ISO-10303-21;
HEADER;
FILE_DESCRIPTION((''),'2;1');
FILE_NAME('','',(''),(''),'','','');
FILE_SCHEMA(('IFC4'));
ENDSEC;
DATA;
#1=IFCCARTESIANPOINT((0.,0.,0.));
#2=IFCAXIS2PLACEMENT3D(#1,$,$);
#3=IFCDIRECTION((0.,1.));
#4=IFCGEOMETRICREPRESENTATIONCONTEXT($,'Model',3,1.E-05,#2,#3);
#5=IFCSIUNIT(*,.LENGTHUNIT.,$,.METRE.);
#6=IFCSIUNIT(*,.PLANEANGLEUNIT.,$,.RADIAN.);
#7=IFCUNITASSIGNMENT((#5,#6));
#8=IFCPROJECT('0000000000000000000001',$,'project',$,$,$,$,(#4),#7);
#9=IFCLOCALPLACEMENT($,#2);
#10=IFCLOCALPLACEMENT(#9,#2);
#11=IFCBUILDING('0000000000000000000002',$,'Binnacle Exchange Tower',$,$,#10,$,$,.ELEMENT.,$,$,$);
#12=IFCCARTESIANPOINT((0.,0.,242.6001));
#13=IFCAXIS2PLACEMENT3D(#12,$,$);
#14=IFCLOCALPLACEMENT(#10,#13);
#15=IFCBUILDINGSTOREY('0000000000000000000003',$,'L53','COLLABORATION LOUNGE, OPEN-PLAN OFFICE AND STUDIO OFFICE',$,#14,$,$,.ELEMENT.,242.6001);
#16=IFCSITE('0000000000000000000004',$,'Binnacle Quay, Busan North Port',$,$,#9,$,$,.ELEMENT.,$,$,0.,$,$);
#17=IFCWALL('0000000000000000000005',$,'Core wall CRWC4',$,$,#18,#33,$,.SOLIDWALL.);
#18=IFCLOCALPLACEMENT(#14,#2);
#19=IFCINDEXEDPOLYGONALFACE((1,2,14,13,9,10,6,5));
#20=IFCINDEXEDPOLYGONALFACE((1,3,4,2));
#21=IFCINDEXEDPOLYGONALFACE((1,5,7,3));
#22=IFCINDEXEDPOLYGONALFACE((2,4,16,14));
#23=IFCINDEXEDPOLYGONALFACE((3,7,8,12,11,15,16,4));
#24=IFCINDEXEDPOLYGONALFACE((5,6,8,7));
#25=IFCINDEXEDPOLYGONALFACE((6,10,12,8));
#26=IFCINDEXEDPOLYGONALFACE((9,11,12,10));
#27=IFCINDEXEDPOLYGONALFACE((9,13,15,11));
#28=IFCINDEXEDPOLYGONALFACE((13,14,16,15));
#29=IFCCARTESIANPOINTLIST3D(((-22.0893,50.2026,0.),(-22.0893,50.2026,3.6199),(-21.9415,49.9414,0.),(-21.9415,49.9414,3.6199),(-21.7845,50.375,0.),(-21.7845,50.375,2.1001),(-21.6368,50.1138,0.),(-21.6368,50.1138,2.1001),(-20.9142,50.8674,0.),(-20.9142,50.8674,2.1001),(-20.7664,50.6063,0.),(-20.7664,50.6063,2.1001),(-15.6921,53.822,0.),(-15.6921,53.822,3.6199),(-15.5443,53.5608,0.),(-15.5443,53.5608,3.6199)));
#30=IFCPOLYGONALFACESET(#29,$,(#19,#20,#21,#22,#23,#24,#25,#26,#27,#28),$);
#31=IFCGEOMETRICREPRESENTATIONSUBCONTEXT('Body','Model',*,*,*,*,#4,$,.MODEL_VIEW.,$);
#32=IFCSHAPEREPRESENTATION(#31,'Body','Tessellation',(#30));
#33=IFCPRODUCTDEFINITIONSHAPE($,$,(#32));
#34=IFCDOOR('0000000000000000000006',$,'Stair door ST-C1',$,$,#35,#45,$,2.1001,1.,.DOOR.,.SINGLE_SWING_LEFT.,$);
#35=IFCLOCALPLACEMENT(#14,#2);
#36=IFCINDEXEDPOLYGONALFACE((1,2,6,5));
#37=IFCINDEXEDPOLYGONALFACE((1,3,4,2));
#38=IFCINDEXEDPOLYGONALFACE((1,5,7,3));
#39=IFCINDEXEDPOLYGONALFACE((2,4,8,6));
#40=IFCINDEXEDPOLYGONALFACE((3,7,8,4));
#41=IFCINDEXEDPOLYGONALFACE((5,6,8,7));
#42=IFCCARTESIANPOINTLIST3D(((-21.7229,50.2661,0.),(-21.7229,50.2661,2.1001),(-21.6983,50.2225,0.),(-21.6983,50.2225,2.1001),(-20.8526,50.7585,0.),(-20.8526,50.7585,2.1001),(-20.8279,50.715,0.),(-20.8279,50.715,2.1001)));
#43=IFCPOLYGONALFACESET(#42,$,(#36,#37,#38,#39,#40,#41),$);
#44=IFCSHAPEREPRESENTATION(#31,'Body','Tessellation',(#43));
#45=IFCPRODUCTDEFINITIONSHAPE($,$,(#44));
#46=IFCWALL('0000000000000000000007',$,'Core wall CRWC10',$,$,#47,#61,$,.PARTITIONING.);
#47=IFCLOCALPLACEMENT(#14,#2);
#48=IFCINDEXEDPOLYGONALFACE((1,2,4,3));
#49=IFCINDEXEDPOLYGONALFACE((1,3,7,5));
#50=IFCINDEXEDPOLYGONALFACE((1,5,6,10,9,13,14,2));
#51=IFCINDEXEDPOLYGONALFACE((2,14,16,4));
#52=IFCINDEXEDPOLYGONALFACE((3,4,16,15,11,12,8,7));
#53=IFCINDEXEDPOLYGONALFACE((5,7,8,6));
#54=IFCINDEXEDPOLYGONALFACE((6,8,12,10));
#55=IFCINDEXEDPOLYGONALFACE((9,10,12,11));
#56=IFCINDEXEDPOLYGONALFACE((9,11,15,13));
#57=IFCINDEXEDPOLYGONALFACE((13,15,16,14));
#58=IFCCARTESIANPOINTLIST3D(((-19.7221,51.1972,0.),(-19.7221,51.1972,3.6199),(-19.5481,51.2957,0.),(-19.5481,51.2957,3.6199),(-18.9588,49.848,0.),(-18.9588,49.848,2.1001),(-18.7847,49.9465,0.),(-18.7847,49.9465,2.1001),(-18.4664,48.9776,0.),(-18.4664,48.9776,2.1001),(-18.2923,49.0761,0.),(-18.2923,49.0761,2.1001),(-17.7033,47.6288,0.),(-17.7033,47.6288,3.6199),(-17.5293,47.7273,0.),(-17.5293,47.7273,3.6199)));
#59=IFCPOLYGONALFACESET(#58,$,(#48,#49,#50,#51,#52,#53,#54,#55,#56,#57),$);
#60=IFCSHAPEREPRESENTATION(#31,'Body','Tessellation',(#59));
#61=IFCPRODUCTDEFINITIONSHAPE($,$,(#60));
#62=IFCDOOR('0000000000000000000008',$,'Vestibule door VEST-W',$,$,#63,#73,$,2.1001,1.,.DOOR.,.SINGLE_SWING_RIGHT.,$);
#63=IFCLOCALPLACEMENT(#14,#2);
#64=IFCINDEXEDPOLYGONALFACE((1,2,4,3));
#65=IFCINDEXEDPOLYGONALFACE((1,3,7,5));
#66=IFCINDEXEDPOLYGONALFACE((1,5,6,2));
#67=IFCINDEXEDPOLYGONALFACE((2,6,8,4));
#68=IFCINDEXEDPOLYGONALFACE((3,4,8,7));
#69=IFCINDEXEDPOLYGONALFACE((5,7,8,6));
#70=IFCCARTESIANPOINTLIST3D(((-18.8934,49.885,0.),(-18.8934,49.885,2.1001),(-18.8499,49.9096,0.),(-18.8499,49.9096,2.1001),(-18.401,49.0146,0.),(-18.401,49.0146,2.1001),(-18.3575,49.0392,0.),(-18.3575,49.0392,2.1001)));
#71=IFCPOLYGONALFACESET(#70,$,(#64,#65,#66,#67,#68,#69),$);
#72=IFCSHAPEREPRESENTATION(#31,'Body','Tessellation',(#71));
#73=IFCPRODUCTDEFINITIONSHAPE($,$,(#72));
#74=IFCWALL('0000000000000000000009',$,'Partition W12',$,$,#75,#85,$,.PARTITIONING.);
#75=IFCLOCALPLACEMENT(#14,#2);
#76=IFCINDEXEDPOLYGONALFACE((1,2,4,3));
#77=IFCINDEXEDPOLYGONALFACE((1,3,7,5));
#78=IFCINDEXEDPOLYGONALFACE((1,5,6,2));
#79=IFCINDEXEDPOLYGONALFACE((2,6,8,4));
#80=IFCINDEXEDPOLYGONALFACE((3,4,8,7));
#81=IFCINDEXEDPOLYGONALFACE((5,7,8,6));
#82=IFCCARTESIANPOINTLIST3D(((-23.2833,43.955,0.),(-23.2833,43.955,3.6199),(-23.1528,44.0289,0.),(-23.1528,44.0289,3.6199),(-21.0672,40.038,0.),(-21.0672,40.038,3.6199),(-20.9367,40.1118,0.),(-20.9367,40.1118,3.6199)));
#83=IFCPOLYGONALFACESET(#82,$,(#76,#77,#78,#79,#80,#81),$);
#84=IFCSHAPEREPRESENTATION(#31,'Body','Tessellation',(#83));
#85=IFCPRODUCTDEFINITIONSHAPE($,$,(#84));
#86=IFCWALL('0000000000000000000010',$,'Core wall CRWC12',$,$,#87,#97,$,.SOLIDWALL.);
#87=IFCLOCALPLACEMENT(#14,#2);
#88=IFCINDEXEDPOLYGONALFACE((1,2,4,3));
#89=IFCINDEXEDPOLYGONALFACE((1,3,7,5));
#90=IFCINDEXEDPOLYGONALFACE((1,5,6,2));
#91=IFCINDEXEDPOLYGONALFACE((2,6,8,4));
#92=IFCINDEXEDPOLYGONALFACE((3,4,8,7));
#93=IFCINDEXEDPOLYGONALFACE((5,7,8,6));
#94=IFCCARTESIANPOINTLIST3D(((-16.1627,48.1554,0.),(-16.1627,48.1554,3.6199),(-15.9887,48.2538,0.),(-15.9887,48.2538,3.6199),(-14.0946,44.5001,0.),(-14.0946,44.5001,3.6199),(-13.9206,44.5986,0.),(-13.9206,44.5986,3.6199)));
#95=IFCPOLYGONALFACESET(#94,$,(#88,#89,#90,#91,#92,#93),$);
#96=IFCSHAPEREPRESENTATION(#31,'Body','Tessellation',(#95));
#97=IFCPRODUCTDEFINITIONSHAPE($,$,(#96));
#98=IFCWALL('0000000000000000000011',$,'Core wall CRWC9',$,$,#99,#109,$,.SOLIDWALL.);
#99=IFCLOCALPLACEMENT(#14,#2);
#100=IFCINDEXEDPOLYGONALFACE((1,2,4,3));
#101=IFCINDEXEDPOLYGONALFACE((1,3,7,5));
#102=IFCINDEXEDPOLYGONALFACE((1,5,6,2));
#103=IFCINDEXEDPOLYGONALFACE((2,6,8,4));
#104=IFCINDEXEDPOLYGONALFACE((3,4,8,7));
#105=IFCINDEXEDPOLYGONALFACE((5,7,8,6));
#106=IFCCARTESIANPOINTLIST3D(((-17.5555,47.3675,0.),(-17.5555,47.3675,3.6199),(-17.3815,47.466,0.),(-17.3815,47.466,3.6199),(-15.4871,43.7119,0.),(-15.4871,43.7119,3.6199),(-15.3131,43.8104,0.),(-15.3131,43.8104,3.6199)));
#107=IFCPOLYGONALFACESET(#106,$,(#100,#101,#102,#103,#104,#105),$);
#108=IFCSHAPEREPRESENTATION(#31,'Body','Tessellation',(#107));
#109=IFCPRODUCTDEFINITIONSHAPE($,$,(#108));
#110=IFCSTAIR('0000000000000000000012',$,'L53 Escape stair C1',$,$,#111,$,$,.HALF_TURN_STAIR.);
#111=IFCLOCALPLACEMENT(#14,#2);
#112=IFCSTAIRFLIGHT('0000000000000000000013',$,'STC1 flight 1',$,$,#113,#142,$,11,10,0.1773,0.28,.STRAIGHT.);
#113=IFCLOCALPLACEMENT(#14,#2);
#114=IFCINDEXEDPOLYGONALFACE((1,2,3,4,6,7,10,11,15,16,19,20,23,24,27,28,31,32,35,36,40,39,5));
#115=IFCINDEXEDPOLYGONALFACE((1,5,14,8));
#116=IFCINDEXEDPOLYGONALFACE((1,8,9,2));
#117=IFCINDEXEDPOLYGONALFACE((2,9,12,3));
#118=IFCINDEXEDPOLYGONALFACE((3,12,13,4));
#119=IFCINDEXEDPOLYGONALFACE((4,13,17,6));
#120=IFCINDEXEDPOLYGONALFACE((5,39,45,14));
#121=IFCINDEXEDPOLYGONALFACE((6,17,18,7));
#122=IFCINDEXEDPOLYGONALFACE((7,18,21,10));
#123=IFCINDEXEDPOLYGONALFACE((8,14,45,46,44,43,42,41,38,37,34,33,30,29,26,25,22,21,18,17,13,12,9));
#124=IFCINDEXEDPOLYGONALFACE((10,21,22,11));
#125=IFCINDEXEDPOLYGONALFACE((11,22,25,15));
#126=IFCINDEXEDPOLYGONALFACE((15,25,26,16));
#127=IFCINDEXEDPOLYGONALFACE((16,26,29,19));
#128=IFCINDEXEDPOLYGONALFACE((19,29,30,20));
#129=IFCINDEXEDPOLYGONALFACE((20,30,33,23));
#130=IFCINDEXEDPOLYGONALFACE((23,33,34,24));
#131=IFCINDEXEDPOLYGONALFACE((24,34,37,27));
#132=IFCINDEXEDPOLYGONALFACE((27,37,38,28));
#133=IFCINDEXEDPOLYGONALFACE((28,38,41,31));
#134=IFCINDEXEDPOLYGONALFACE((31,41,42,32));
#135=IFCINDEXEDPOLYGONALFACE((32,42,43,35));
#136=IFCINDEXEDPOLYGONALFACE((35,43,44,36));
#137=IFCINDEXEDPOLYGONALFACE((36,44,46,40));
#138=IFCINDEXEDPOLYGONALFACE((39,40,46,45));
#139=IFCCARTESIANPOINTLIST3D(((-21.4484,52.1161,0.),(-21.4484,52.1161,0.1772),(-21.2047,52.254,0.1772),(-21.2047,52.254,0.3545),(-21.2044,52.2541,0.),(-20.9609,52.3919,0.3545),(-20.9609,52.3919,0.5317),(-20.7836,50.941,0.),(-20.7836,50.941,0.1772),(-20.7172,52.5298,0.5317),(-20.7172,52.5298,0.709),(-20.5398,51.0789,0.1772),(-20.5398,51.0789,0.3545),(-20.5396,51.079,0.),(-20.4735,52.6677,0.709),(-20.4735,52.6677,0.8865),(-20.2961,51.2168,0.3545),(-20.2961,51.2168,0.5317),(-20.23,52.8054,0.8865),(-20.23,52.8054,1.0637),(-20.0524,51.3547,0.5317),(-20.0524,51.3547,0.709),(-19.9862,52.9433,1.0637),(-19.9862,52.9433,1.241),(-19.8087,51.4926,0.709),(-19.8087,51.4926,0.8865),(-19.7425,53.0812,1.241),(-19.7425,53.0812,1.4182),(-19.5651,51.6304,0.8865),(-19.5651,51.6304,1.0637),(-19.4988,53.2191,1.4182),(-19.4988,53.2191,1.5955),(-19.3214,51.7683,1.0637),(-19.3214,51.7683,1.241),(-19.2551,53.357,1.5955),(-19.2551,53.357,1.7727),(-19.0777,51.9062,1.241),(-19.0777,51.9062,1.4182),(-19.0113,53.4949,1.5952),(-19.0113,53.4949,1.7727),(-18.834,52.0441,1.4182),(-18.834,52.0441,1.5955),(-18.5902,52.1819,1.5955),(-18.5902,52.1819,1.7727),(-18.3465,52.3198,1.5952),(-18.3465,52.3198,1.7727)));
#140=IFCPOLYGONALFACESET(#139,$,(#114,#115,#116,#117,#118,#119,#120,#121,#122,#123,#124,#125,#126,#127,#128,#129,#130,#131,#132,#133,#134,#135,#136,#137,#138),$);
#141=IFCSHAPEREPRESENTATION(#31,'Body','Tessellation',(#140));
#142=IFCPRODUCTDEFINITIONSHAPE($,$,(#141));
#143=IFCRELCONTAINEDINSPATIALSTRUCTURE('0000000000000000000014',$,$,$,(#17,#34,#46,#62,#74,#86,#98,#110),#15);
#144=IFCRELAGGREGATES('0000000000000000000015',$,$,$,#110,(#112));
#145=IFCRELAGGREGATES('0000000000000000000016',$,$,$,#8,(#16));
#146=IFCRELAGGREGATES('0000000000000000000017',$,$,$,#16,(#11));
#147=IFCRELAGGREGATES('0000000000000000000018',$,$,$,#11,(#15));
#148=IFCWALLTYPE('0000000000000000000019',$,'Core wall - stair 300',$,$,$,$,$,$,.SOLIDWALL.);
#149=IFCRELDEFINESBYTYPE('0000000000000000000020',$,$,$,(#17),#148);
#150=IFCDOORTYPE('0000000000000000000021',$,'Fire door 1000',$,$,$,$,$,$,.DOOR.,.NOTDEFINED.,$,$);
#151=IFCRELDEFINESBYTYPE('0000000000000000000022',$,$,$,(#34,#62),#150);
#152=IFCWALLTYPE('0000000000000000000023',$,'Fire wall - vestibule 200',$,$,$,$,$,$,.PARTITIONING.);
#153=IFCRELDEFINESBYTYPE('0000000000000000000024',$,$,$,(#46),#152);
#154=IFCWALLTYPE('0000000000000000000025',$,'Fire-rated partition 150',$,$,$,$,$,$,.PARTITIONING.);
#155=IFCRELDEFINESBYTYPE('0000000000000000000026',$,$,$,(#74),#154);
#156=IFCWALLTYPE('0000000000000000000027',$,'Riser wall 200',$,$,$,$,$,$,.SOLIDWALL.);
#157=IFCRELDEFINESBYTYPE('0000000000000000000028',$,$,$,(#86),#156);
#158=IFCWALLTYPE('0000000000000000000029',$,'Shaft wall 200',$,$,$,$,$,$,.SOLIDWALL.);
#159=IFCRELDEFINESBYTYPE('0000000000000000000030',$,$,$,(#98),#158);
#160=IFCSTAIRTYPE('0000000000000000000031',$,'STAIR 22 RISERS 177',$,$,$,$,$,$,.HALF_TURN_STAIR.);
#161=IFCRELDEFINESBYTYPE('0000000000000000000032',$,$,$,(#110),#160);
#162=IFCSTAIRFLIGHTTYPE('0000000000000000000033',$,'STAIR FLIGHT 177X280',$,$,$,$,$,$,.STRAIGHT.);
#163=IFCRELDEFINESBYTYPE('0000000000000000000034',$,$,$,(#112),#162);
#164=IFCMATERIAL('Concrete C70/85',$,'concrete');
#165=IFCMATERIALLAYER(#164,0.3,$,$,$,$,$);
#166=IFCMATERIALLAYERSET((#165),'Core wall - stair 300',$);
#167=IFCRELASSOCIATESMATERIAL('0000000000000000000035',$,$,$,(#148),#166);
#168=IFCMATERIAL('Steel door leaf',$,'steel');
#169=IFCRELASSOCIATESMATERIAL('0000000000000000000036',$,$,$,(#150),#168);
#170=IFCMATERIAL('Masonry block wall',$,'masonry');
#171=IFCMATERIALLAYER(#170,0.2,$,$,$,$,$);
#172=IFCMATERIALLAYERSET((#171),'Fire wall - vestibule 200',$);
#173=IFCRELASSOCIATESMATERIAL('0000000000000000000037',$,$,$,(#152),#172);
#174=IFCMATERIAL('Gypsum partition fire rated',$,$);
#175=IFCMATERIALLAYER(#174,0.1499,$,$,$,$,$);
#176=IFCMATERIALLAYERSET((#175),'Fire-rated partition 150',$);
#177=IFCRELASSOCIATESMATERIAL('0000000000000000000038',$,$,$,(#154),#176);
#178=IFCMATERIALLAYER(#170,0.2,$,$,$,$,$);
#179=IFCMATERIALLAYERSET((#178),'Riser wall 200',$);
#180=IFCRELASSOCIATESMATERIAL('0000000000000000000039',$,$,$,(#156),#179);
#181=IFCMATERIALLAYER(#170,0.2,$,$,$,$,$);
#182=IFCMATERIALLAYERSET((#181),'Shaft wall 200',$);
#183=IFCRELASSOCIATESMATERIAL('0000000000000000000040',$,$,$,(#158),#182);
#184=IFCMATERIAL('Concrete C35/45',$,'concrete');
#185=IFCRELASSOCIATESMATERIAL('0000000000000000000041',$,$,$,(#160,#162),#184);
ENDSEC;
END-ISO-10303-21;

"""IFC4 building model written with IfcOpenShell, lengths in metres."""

from ifc_helpers import new_model, si_unit, direction, frame, frame_2d, origin, place, context, subcontext, project, spatial, polyline, rectangle, outline, extrude, material, layer, layer_set, type_object, element, fill, aggregate, save


model = new_model("IFC4")

# Units and contexts
model_context = context("Model", 3, precision=1e-05, world=origin(), true_north=direction((0.0, 1.0)))
body_context = subcontext(model_context, "Body", "Model", "MODEL_VIEW")
ifc_project = project(units=[si_unit("LENGTHUNIT", "METRE"), si_unit("PLANEANGLEUNIT", "RADIAN")], contexts=[model_context])

# Site, building, storey
site_placement = place(None, origin())
site = spatial("IfcSite", under=ifc_project, at=site_placement, Name="Binnacle Quay, Busan North Port", CompositionType="ELEMENT", RefElevation=0.0)
building_placement = place(site_placement, origin())
building = spatial("IfcBuilding", under=site, at=building_placement, Name="Binnacle Exchange Tower", CompositionType="ELEMENT")
storey_placement = place(building_placement, frame((0.0, 0.0, 242.6001)))
storey = spatial("IfcBuildingStorey", under=building, at=storey_placement, Name="L53", Description="COLLABORATION LOUNGE, OPEN-PLAN OFFICE AND STUDIO OFFICE", CompositionType="ELEMENT", Elevation=242.6001)

# Shared definitions
ifc_material_1 = material(Name="Gypsum partition fire rated")

# Shared definitions
ifc_material_2 = material(Name="Concrete C70/85", Category="concrete")
ifc_material_3 = material(Name="Steel door leaf", Category="steel")

# Walls, openings, doors
ifc_layer_1 = layer(ifc_material_2, 0.3)
ifc_layer_set_1 = layer_set([ifc_layer_1], Name="Core wall - stair 300")
wall_type_1 = type_object("IfcWallType", Name="Core wall - stair 300", PredefinedType="SOLIDWALL", material=ifc_layer_set_1)
wall_1_placement = place(storey_placement, frame((-22.0154, 50.072, 0.0), z_axis=(0.0, 0.0, 1.0), x_axis=(0.870355, 0.492425, 0.0)))
wall_1 = element("IfcWall", 1, at=wall_1_placement, inside=storey, type_object=wall_type_1, Name="Core wall CRWC4", PredefinedType="SOLIDWALL", context=body_context, shape_type="SweptSolid", body=[
    extrude(rectangle(XDim=7.3501, YDim=0.3, at=frame_2d((3.675, 0.0))), origin(), (0.0, 0.0, 1.0), 3.6199),
])
opening_1_placement = place(wall_1_placement, frame((0.3501, 0.0, 0.0)))
opening_1 = element("IfcOpeningElement", 2, at=opening_1_placement, cuts=wall_1, PredefinedType="OPENING", context=body_context, shape_type="SweptSolid", body=[
    extrude(rectangle(XDim=1.0, YDim=2.1001, at=frame_2d((0.5, 1.05))), frame((0.0, 0.1599, 0.0), z_axis=(0.0, -1.0, 0.0), x_axis=(1.0, 0.0, 0.0)), (0.0, 0.0, 1.0), 0.3201),
])
door_type_1 = type_object("IfcDoorType", Name="Fire door 1000", OperationType="NOTDEFINED", PredefinedType="DOOR", material=ifc_material_3)
door_1_placement = place(opening_1_placement, origin())
door_1 = element("IfcDoor", 3, at=door_1_placement, inside=storey, type_object=door_type_1, Name="Stair door ST-C1", OperationType="SINGLE_SWING_LEFT", OverallHeight=2.1001, OverallWidth=1.0, PredefinedType="DOOR", context=body_context, shape_type="SweptSolid", body=[
    extrude(rectangle(XDim=1.0, YDim=2.1001, at=frame_2d((0.5, 1.05))), frame((0.0, 0.0249, 0.0), z_axis=(0.0, -1.0, 0.0), x_axis=(1.0, 0.0, 0.0)), (0.0, 0.0, 1.0), 0.05),
])
fill(opening_1, door_1)
ifc_material_4 = material(Name="Masonry block wall", Category="masonry")
ifc_layer_2 = layer(ifc_material_4, 0.2)
ifc_layer_set_2 = layer_set([ifc_layer_2], Name="Fire wall - vestibule 200")
wall_type_2 = type_object("IfcWallType", Name="Fire wall - vestibule 200", PredefinedType="PARTITIONING", material=ifc_layer_set_2)
wall_2_placement = place(storey_placement, frame((-19.635, 51.2463, 0.0), z_axis=(0.0, 0.0, 1.0), x_axis=(0.492408, -0.870364, 0.0)))
wall_2 = element("IfcWall", 4, at=wall_2_placement, inside=storey, type_object=wall_type_2, Name="Core wall CRWC10", PredefinedType="PARTITIONING", context=body_context, shape_type="SweptSolid", body=[
    extrude(rectangle(XDim=4.0999, YDim=0.2, at=frame_2d((2.0498, 0.0))), origin(), (0.0, 0.0, 1.0), 3.6199),
])
opening_2_placement = place(wall_2_placement, frame((1.55, 0.0, 0.0)))
opening_2 = element("IfcOpeningElement", 5, at=opening_2_placement, cuts=wall_2, PredefinedType="OPENING", context=body_context, shape_type="SweptSolid", body=[
    extrude(rectangle(XDim=1.0, YDim=2.1001, at=frame_2d((0.5, 1.05))), frame((0.0, 0.1099, 0.0), z_axis=(0.0, -1.0, 0.0), x_axis=(1.0, 0.0, 0.0)), (0.0, 0.0, 1.0), 0.22),
])
door_2_placement = place(opening_2_placement, frame((1.0, 0.0, 0.0), z_axis=(0.0, 0.0, 1.0), x_axis=(-1.0, 0.0, 0.0)))
door_2 = element("IfcDoor", 6, at=door_2_placement, inside=storey, type_object=door_type_1, Name="Vestibule door VEST-W", OperationType="SINGLE_SWING_RIGHT", OverallHeight=2.1001, OverallWidth=1.0, PredefinedType="DOOR", context=body_context, shape_type="SweptSolid", body=[
    extrude(rectangle(XDim=1.0, YDim=2.1001, at=frame_2d((0.5, 1.05))), frame((0.0, 0.0249, 0.0), z_axis=(0.0, -1.0, 0.0), x_axis=(1.0, 0.0, 0.0)), (0.0, 0.0, 1.0), 0.05),
])
fill(opening_2, door_2)

# Walls
ifc_layer_3 = layer(ifc_material_1, 0.1499)
ifc_layer_set_3 = layer_set([ifc_layer_3], Name="Fire-rated partition 150")
wall_type_3 = type_object("IfcWallType", Name="Fire-rated partition 150", PredefinedType="PARTITIONING", material=ifc_layer_set_3)
wall_3_placement = place(storey_placement, frame((-23.218, 43.9919, 0.0), z_axis=(0.0, 0.0, 1.0), x_axis=(0.492413, -0.870362, 0.0)))
element("IfcWall", 7, at=wall_3_placement, inside=storey, type_object=wall_type_3, Name="Partition W12", PredefinedType="PARTITIONING", context=body_context, shape_type="SweptSolid", body=[
    extrude(rectangle(XDim=4.5005, YDim=0.1499, at=frame_2d((2.2502, 0.0))), origin(), (0.0, 0.0, 1.0), 3.6199),
])
ifc_layer_4 = layer(ifc_material_4, 0.2)
ifc_layer_set_4 = layer_set([ifc_layer_4], Name="Riser wall 200")
wall_type_4 = type_object("IfcWallType", Name="Riser wall 200", PredefinedType="SOLIDWALL", material=ifc_layer_set_4)
wall_4_placement = place(storey_placement, frame((-16.0757, 48.2046, 0.0), z_axis=(0.0, 0.0, 1.0), x_axis=(0.492435, -0.870349, 0.0)))
element("IfcWall", 8, at=wall_4_placement, inside=storey, type_object=wall_type_4, Name="Core wall CRWC12", PredefinedType="SOLIDWALL", context=body_context, shape_type="SweptSolid", body=[
    extrude(rectangle(XDim=4.1997, YDim=0.2, at=frame_2d((2.0999, 0.0))), origin(), (0.0, 0.0, 1.0), 3.6199),
])
ifc_layer_5 = layer(ifc_material_4, 0.2)
ifc_layer_set_5 = layer_set([ifc_layer_5], Name="Shaft wall 200")
wall_type_5 = type_object("IfcWallType", Name="Shaft wall 200", PredefinedType="SOLIDWALL", material=ifc_layer_set_5)
wall_5_placement = place(storey_placement, frame((-17.4685, 47.4167, 0.0), z_axis=(0.0, 0.0, 1.0), x_axis=(0.492454, -0.870339, 0.0)))
element("IfcWall", 9, at=wall_5_placement, inside=storey, type_object=wall_type_5, Name="Core wall CRWC9", PredefinedType="SOLIDWALL", context=body_context, shape_type="SweptSolid", body=[
    extrude(rectangle(XDim=4.2002, YDim=0.2, at=frame_2d((2.1001, 0.0))), origin(), (0.0, 0.0, 1.0), 3.6199),
])

# Stair, stair flight
ifc_material_5 = material(Name="Concrete C35/45", Category="concrete")
stair_type = type_object("IfcStairType", Name="STAIR 22 RISERS 177", PredefinedType="HALF_TURN_STAIR", material=ifc_material_5)
stair_placement = place(storey_placement, origin())
stair = element("IfcStair", 10, at=stair_placement, inside=storey, type_object=stair_type, Name="L53 Escape stair C1", PredefinedType="HALF_TURN_STAIR")
stair_flight_type = type_object("IfcStairFlightType", Name="STAIR FLIGHT 177X280", PredefinedType="STRAIGHT", material=ifc_material_5)
stair_flight_placement = place(storey_placement, frame((-21.116, 51.5286, 0.0), z_axis=(0.0, 0.0, 1.0), x_axis=(0.870356, 0.492424, 0.0)))
stair_flight = element("IfcStairFlight", 11, at=stair_flight_placement, type_object=stair_flight_type, Name="STC1 flight 1", NumberOfRisers=11, NumberOfTreads=10, PredefinedType="STRAIGHT", RiserHeight=0.1773, TreadLength=0.28, context=body_context, shape_type="SweptSolid", body=[
    extrude(outline(polyline([(0.0, 0.0), (0.0, 0.1772), (0.28, 0.1772), (0.28, 0.3545), (0.5601, 0.3545), (0.5601, 0.5317), (0.8401, 0.5317), (0.8401, 0.709), (1.1201, 0.709), (1.1201, 0.8865), (1.3999, 0.8865), (1.3999, 1.0637), (1.6799, 1.0637), (1.6799, 1.241), (1.96, 1.241), (1.96, 1.4182), (2.24, 1.4182), (2.24, 1.5955), (2.52, 1.5955), (2.52, 1.7727), (2.8, 1.7727), (2.8, 1.95), (2.8, 1.5952), (0.2803, 0.0), (0.0, 0.0)])), frame((0.0, 0.675, 0.0), z_axis=(0.0, -1.0, 0.0), x_axis=(1.0, 0.0, 0.0)), (0.0, 0.0, 1.0), 1.3501),
])
aggregate(stair, [stair_flight])

save(model, "model.ifc")
